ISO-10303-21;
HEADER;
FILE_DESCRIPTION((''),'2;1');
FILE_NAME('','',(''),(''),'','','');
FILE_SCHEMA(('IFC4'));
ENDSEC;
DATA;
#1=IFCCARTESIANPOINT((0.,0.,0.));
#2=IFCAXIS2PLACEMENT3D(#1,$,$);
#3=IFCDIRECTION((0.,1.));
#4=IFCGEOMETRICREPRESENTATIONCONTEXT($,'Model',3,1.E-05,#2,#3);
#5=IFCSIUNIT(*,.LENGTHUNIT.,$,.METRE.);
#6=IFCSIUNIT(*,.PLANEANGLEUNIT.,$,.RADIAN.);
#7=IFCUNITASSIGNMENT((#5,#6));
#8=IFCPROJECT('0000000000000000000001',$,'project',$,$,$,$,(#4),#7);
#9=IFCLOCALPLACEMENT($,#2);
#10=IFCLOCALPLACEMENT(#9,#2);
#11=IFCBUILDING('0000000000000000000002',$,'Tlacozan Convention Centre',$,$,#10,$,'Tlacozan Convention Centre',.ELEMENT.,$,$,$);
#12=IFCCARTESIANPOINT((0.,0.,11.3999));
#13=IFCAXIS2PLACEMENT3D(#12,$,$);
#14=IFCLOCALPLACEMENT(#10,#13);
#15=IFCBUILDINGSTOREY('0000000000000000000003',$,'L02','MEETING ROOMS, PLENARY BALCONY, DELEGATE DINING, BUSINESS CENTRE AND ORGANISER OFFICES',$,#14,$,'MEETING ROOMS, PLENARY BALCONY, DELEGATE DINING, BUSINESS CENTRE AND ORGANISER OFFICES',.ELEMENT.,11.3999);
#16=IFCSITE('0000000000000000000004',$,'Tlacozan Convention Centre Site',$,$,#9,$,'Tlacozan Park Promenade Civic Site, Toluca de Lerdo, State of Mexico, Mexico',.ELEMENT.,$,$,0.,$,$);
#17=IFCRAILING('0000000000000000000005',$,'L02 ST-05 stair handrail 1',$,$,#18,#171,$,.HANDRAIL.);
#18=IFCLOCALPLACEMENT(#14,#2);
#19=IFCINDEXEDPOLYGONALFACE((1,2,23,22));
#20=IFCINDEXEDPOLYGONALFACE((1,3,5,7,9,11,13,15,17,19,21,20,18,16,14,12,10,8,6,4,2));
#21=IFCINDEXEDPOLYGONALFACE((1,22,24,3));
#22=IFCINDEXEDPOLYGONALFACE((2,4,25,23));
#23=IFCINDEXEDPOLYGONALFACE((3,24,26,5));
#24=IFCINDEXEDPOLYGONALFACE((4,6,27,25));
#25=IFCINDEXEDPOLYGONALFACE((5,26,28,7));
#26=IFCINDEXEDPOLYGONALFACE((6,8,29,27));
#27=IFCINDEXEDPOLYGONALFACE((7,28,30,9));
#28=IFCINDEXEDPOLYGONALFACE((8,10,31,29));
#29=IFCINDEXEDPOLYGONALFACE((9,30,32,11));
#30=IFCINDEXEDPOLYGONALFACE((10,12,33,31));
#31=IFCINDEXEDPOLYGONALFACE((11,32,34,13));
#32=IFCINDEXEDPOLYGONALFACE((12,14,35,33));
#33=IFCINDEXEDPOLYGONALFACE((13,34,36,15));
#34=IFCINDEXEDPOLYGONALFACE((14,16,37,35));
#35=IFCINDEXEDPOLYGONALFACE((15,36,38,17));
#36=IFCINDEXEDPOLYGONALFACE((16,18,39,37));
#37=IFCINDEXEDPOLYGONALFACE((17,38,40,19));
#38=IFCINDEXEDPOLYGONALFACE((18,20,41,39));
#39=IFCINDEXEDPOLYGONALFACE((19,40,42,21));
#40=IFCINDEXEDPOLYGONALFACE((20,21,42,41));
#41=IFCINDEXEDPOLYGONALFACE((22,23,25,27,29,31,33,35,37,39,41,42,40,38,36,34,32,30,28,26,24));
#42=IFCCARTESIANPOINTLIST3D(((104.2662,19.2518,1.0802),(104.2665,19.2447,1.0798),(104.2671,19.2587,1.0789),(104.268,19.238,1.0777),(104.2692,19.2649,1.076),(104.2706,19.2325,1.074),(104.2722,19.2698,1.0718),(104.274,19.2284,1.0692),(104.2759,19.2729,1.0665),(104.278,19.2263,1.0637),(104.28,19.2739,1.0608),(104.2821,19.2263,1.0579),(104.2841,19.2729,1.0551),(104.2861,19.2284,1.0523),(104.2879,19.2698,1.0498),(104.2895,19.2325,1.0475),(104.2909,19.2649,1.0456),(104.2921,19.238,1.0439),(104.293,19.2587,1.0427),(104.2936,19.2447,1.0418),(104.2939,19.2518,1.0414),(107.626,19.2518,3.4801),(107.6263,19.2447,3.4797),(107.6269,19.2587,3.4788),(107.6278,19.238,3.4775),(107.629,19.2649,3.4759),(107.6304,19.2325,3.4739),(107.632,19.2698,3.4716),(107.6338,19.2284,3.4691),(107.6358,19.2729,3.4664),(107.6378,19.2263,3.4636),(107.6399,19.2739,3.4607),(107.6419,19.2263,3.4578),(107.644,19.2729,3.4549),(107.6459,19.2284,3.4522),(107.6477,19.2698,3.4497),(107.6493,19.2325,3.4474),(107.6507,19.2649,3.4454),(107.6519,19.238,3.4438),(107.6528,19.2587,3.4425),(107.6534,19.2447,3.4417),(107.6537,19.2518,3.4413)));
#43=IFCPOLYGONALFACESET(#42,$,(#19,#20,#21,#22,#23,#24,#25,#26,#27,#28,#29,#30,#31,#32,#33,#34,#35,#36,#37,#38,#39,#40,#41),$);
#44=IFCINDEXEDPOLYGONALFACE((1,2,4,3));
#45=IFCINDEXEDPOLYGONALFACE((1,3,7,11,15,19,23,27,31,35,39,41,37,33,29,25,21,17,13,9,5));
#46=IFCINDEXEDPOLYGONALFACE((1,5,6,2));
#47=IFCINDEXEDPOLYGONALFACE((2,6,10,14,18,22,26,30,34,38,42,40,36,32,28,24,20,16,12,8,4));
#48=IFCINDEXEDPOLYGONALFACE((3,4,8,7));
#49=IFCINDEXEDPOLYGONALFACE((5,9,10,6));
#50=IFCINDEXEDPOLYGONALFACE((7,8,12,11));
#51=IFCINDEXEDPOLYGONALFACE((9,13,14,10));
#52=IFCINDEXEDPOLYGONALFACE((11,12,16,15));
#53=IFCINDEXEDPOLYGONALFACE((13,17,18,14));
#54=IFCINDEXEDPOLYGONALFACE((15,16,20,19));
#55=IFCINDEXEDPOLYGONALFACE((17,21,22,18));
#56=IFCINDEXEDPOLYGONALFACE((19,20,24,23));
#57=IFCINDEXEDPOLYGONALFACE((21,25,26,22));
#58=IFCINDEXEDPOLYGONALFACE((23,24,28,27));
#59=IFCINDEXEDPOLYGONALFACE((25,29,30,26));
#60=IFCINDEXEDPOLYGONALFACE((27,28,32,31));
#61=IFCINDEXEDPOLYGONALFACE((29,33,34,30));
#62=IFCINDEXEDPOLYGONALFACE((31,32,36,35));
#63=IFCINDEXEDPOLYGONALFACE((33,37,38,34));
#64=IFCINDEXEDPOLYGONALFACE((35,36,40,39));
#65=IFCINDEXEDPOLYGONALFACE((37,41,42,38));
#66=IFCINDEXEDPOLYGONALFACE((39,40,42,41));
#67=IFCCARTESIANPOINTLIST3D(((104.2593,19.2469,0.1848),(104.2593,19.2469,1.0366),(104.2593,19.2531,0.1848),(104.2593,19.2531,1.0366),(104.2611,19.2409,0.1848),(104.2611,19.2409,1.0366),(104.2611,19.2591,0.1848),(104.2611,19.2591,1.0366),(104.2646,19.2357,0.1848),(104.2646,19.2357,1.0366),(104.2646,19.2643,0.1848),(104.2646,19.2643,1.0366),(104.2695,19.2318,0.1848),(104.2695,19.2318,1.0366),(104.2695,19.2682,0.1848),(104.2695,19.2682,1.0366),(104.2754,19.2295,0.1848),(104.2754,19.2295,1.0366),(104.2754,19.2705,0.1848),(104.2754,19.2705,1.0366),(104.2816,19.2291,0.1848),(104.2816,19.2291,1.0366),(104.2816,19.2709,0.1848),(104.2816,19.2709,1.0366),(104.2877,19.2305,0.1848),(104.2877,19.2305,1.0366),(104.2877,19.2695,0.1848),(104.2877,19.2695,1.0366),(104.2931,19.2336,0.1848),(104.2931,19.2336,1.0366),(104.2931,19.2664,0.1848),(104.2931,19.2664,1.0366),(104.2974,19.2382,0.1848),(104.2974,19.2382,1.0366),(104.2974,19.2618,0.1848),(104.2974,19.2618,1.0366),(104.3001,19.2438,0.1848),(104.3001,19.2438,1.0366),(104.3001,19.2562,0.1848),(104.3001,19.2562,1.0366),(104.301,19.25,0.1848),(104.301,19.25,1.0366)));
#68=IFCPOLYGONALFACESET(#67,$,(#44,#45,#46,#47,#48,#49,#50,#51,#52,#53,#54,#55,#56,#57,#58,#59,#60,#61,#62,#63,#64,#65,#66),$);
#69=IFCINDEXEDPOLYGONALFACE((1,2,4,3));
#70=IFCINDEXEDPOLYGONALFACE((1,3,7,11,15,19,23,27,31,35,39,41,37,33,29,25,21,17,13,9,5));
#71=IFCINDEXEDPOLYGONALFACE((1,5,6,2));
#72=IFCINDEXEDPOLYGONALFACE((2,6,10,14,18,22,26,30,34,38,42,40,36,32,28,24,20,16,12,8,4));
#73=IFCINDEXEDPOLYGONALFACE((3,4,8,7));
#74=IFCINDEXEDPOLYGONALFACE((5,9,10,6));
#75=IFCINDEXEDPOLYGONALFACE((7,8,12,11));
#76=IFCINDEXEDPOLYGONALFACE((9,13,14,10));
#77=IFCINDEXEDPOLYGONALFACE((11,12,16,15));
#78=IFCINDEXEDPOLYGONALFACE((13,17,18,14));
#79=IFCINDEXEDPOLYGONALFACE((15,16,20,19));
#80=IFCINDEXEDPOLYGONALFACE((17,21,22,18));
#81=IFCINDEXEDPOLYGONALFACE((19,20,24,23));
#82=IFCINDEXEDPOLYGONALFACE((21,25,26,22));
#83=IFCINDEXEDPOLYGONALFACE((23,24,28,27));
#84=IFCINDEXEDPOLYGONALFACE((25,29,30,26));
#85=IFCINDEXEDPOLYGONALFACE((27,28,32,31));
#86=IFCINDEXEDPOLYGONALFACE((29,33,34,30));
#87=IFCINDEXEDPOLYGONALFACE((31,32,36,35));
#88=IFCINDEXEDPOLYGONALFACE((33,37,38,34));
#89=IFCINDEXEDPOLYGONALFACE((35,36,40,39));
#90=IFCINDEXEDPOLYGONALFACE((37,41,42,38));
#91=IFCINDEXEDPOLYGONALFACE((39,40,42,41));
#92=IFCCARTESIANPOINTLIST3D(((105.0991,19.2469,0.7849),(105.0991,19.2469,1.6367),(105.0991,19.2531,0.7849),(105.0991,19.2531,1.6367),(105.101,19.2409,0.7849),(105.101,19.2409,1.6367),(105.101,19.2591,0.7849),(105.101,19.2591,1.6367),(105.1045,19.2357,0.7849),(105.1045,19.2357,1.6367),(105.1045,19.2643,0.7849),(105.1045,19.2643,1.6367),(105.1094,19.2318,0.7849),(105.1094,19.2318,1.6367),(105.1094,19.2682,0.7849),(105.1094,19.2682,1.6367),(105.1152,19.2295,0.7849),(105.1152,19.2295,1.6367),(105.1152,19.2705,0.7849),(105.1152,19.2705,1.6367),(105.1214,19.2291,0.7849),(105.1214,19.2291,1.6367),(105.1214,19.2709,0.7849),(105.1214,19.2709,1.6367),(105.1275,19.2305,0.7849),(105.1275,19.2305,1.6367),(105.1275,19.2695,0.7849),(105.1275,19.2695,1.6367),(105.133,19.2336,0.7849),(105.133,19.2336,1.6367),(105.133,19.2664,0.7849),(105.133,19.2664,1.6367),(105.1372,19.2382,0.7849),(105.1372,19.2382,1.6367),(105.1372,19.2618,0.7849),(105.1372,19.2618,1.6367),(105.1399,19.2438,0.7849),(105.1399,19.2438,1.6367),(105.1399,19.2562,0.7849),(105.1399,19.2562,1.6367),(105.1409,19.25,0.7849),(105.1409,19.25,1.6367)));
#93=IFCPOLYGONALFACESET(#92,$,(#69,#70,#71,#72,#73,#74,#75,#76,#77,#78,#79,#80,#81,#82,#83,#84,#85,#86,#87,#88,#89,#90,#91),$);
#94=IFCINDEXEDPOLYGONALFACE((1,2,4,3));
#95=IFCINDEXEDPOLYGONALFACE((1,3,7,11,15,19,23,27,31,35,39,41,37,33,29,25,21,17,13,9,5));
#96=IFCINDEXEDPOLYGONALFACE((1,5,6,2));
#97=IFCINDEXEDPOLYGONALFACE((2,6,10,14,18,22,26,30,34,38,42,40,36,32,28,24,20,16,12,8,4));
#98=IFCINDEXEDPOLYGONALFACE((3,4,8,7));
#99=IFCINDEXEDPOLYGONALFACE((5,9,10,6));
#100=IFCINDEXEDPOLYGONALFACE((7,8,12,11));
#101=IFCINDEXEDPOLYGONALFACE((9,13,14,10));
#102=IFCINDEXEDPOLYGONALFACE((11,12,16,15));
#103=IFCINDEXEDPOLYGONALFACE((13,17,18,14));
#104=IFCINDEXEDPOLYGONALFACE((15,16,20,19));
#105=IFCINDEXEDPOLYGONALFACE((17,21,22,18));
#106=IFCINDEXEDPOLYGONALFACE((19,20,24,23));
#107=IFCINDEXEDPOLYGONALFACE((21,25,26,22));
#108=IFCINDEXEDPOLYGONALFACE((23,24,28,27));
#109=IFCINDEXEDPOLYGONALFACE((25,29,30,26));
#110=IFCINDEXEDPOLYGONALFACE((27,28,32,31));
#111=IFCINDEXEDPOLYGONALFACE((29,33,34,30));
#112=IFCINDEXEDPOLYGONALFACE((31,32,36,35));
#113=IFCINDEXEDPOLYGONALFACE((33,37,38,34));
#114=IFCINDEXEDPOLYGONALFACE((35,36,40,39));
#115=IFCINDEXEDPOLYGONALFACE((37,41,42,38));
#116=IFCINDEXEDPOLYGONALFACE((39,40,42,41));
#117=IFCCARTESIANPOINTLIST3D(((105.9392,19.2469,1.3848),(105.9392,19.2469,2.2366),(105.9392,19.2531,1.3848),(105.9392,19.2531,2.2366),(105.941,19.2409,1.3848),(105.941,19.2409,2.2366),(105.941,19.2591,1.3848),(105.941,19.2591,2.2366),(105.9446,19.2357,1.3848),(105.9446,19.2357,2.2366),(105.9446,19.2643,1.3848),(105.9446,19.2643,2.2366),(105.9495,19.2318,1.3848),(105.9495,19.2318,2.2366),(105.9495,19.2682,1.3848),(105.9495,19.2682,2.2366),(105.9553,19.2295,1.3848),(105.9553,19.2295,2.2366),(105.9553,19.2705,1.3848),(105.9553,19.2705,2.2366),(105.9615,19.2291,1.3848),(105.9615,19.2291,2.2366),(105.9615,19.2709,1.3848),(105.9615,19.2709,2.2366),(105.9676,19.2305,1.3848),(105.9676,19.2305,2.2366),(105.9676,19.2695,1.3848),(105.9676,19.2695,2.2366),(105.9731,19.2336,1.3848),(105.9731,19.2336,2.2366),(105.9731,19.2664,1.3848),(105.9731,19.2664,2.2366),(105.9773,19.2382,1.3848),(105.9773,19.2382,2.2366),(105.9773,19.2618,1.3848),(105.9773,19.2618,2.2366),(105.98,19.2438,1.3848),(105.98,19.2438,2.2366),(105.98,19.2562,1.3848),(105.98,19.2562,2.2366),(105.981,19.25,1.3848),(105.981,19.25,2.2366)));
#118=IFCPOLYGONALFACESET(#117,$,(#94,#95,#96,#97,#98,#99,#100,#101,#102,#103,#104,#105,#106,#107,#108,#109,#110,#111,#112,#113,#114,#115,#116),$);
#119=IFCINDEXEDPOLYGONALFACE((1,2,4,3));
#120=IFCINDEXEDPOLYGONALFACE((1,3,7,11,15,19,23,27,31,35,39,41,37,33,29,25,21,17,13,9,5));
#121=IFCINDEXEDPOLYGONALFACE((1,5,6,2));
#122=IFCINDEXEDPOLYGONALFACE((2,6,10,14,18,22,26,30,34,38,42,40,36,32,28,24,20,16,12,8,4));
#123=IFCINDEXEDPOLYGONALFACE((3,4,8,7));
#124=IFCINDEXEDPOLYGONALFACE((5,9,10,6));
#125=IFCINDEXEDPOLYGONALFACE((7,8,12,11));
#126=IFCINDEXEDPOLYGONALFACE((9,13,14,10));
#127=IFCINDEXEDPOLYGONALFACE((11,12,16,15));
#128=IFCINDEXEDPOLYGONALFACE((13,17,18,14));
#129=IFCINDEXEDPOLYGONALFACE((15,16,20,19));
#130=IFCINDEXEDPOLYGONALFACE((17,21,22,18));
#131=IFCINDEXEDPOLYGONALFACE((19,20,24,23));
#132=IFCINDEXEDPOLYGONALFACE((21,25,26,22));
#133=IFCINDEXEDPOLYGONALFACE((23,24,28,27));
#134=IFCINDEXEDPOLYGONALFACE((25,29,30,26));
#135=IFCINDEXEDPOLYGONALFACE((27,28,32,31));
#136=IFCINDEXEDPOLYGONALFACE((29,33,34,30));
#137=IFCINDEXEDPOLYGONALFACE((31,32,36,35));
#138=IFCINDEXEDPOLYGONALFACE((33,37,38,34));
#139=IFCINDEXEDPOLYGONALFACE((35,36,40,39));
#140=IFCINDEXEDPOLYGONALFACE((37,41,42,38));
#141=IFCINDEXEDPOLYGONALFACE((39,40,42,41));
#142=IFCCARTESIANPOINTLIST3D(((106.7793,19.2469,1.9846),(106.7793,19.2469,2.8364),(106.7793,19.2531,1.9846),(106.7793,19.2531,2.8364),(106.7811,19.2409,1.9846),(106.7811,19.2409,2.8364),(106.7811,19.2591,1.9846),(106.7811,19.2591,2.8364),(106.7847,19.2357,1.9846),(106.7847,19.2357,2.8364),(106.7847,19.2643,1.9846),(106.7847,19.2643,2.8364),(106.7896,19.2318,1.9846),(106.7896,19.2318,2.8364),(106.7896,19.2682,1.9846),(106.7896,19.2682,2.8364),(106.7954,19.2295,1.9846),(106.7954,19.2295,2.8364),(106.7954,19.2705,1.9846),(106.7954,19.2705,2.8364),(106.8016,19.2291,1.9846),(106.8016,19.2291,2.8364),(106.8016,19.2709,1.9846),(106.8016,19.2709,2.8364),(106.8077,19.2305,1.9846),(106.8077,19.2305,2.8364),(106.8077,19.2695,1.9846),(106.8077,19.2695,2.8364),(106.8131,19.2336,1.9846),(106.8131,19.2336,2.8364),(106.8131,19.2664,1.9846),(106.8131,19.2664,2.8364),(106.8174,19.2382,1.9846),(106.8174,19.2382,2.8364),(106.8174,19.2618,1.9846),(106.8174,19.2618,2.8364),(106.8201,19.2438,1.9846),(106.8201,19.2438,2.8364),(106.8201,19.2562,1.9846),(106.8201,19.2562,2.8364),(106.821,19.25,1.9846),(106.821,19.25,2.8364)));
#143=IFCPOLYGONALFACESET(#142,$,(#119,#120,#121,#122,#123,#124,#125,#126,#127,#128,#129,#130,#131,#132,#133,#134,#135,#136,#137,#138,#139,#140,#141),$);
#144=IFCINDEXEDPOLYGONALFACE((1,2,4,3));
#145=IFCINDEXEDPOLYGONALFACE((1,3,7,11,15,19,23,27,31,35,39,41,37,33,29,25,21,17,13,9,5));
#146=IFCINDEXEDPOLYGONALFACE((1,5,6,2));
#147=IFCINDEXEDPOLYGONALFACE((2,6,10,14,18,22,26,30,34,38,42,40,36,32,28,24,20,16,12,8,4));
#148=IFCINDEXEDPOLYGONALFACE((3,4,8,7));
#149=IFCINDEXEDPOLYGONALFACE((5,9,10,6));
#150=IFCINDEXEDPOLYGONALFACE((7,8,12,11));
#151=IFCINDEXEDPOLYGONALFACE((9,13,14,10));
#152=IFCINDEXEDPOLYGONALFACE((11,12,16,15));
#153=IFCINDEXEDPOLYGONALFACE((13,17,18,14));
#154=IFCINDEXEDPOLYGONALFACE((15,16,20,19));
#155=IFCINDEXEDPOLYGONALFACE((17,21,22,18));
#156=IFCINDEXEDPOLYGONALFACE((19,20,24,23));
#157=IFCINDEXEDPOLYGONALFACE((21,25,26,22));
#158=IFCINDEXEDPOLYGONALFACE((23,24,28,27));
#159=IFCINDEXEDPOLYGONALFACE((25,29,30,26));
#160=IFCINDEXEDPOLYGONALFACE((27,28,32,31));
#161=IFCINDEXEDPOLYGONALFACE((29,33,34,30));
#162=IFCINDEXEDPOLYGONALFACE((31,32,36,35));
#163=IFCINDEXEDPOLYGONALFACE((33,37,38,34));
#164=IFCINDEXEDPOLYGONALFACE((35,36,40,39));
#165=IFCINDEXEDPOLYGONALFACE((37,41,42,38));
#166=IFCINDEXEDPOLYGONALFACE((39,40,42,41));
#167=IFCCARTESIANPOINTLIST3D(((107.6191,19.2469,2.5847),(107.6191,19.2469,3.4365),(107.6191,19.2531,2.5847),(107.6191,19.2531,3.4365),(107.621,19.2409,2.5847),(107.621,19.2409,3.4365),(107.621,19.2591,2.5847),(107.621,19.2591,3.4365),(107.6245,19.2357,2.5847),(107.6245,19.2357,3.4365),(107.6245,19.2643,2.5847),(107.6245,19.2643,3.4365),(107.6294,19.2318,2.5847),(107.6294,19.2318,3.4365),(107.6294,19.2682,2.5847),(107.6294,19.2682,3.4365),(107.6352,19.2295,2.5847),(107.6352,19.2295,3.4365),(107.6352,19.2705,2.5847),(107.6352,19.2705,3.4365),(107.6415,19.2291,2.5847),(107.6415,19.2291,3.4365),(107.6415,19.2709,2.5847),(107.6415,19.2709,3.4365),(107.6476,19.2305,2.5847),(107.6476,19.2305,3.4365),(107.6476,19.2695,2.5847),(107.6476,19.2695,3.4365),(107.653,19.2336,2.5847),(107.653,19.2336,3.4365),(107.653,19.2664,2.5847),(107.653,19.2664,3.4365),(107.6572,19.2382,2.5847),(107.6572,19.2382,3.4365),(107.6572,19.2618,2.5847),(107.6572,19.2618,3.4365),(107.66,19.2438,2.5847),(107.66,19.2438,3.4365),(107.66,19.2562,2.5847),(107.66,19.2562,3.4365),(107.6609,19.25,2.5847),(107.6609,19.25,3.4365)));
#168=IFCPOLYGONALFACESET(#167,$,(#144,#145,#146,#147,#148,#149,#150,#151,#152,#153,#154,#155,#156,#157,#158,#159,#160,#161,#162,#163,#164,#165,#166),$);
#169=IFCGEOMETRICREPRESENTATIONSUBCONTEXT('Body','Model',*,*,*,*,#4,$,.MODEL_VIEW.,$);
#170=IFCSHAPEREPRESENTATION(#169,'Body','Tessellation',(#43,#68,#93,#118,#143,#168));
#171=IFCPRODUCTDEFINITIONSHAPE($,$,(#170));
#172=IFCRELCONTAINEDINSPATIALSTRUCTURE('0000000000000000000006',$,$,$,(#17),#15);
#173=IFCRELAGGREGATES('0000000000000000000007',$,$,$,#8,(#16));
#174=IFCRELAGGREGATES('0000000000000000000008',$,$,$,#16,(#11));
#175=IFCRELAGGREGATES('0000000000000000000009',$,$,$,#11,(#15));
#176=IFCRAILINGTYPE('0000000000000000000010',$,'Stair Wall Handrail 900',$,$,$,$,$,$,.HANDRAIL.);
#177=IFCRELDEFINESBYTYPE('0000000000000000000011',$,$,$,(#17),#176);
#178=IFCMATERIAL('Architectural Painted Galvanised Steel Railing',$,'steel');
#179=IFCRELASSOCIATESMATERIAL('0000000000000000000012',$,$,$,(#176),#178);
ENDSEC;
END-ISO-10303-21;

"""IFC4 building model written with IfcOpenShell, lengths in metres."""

from ifc_helpers import new_model, si_unit, direction, frame, origin, origin_2d, place, context, subcontext, project, spatial, circle, extrude, material, type_object, element, save


model = new_model("IFC4")

# Units and contexts
model_context = context("Model", 3, precision=1e-05, world=origin(), true_north=direction((0.0, 1.0)))
body_context = subcontext(model_context, "Body", "Model", "MODEL_VIEW")
ifc_project = project(units=[si_unit("LENGTHUNIT", "METRE"), si_unit("PLANEANGLEUNIT", "RADIAN")], contexts=[model_context])

# Site, building, storey
site_placement = place(None, origin())
site = spatial("IfcSite", under=ifc_project, at=site_placement, Name="Tlacozan Convention Centre Site", LongName="Tlacozan Park Promenade Civic Site, Toluca de Lerdo, State of Mexico, Mexico", CompositionType="ELEMENT", RefElevation=0.0)
building_placement = place(site_placement, origin())
building = spatial("IfcBuilding", under=site, at=building_placement, Name="Tlacozan Convention Centre", LongName="Tlacozan Convention Centre", CompositionType="ELEMENT")
storey_placement = place(building_placement, frame((0.0, 0.0, 11.3999)))
storey = spatial("IfcBuildingStorey", under=building, at=storey_placement, Name="L02", Description="MEETING ROOMS, PLENARY BALCONY, DELEGATE DINING, BUSINESS CENTRE AND ORGANISER OFFICES", LongName="MEETING ROOMS, PLENARY BALCONY, DELEGATE DINING, BUSINESS CENTRE AND ORGANISER OFFICES", CompositionType="ELEMENT", Elevation=11.3999)

# Railing
ifc_material_1 = material(Name="Architectural Painted Galvanised Steel Railing", Category="steel")
railing_type_1 = type_object("IfcRailingType", Name="Stair Wall Handrail 900", PredefinedType="HANDRAIL", material=ifc_material_1)
railing_1_placement = place(storey_placement, frame((104.28, 19.25, 0.1848)))
element("IfcRailing", 1, at=railing_1_placement, inside=storey, type_object=railing_type_1, Name="L02 ST-05 stair handrail 1", PredefinedType="HANDRAIL", context=body_context, shape_type="SweptSolid", body=[
    extrude(circle(Radius=0.0239, at=origin_2d()), frame((0.0, 0.0, 0.876), z_axis=(0.813733, 0.0, 0.581238), x_axis=(0.0, 1.0, 0.0)), (0.0, 0.0, 1.0), 4.1289),
    extrude(circle(Radius=0.021, at=origin_2d()), origin(), (0.0, 0.0, 1.0), 0.8518),
    extrude(circle(Radius=0.021, at=origin_2d()), frame((0.8398, 0.0, 0.6001)), (0.0, 0.0, 1.0), 0.8518),
    extrude(circle(Radius=0.021, at=origin_2d()), frame((1.6799, 0.0, 1.2)), (0.0, 0.0, 1.0), 0.8518),
    extrude(circle(Radius=0.021, at=origin_2d()), frame((2.52, 0.0, 1.7998)), (0.0, 0.0, 1.0), 0.8518),
    extrude(circle(Radius=0.021, at=origin_2d()), frame((3.3599, 0.0, 2.3999)), (0.0, 0.0, 1.0), 0.8518),
])

save(model, "model.ifc")
